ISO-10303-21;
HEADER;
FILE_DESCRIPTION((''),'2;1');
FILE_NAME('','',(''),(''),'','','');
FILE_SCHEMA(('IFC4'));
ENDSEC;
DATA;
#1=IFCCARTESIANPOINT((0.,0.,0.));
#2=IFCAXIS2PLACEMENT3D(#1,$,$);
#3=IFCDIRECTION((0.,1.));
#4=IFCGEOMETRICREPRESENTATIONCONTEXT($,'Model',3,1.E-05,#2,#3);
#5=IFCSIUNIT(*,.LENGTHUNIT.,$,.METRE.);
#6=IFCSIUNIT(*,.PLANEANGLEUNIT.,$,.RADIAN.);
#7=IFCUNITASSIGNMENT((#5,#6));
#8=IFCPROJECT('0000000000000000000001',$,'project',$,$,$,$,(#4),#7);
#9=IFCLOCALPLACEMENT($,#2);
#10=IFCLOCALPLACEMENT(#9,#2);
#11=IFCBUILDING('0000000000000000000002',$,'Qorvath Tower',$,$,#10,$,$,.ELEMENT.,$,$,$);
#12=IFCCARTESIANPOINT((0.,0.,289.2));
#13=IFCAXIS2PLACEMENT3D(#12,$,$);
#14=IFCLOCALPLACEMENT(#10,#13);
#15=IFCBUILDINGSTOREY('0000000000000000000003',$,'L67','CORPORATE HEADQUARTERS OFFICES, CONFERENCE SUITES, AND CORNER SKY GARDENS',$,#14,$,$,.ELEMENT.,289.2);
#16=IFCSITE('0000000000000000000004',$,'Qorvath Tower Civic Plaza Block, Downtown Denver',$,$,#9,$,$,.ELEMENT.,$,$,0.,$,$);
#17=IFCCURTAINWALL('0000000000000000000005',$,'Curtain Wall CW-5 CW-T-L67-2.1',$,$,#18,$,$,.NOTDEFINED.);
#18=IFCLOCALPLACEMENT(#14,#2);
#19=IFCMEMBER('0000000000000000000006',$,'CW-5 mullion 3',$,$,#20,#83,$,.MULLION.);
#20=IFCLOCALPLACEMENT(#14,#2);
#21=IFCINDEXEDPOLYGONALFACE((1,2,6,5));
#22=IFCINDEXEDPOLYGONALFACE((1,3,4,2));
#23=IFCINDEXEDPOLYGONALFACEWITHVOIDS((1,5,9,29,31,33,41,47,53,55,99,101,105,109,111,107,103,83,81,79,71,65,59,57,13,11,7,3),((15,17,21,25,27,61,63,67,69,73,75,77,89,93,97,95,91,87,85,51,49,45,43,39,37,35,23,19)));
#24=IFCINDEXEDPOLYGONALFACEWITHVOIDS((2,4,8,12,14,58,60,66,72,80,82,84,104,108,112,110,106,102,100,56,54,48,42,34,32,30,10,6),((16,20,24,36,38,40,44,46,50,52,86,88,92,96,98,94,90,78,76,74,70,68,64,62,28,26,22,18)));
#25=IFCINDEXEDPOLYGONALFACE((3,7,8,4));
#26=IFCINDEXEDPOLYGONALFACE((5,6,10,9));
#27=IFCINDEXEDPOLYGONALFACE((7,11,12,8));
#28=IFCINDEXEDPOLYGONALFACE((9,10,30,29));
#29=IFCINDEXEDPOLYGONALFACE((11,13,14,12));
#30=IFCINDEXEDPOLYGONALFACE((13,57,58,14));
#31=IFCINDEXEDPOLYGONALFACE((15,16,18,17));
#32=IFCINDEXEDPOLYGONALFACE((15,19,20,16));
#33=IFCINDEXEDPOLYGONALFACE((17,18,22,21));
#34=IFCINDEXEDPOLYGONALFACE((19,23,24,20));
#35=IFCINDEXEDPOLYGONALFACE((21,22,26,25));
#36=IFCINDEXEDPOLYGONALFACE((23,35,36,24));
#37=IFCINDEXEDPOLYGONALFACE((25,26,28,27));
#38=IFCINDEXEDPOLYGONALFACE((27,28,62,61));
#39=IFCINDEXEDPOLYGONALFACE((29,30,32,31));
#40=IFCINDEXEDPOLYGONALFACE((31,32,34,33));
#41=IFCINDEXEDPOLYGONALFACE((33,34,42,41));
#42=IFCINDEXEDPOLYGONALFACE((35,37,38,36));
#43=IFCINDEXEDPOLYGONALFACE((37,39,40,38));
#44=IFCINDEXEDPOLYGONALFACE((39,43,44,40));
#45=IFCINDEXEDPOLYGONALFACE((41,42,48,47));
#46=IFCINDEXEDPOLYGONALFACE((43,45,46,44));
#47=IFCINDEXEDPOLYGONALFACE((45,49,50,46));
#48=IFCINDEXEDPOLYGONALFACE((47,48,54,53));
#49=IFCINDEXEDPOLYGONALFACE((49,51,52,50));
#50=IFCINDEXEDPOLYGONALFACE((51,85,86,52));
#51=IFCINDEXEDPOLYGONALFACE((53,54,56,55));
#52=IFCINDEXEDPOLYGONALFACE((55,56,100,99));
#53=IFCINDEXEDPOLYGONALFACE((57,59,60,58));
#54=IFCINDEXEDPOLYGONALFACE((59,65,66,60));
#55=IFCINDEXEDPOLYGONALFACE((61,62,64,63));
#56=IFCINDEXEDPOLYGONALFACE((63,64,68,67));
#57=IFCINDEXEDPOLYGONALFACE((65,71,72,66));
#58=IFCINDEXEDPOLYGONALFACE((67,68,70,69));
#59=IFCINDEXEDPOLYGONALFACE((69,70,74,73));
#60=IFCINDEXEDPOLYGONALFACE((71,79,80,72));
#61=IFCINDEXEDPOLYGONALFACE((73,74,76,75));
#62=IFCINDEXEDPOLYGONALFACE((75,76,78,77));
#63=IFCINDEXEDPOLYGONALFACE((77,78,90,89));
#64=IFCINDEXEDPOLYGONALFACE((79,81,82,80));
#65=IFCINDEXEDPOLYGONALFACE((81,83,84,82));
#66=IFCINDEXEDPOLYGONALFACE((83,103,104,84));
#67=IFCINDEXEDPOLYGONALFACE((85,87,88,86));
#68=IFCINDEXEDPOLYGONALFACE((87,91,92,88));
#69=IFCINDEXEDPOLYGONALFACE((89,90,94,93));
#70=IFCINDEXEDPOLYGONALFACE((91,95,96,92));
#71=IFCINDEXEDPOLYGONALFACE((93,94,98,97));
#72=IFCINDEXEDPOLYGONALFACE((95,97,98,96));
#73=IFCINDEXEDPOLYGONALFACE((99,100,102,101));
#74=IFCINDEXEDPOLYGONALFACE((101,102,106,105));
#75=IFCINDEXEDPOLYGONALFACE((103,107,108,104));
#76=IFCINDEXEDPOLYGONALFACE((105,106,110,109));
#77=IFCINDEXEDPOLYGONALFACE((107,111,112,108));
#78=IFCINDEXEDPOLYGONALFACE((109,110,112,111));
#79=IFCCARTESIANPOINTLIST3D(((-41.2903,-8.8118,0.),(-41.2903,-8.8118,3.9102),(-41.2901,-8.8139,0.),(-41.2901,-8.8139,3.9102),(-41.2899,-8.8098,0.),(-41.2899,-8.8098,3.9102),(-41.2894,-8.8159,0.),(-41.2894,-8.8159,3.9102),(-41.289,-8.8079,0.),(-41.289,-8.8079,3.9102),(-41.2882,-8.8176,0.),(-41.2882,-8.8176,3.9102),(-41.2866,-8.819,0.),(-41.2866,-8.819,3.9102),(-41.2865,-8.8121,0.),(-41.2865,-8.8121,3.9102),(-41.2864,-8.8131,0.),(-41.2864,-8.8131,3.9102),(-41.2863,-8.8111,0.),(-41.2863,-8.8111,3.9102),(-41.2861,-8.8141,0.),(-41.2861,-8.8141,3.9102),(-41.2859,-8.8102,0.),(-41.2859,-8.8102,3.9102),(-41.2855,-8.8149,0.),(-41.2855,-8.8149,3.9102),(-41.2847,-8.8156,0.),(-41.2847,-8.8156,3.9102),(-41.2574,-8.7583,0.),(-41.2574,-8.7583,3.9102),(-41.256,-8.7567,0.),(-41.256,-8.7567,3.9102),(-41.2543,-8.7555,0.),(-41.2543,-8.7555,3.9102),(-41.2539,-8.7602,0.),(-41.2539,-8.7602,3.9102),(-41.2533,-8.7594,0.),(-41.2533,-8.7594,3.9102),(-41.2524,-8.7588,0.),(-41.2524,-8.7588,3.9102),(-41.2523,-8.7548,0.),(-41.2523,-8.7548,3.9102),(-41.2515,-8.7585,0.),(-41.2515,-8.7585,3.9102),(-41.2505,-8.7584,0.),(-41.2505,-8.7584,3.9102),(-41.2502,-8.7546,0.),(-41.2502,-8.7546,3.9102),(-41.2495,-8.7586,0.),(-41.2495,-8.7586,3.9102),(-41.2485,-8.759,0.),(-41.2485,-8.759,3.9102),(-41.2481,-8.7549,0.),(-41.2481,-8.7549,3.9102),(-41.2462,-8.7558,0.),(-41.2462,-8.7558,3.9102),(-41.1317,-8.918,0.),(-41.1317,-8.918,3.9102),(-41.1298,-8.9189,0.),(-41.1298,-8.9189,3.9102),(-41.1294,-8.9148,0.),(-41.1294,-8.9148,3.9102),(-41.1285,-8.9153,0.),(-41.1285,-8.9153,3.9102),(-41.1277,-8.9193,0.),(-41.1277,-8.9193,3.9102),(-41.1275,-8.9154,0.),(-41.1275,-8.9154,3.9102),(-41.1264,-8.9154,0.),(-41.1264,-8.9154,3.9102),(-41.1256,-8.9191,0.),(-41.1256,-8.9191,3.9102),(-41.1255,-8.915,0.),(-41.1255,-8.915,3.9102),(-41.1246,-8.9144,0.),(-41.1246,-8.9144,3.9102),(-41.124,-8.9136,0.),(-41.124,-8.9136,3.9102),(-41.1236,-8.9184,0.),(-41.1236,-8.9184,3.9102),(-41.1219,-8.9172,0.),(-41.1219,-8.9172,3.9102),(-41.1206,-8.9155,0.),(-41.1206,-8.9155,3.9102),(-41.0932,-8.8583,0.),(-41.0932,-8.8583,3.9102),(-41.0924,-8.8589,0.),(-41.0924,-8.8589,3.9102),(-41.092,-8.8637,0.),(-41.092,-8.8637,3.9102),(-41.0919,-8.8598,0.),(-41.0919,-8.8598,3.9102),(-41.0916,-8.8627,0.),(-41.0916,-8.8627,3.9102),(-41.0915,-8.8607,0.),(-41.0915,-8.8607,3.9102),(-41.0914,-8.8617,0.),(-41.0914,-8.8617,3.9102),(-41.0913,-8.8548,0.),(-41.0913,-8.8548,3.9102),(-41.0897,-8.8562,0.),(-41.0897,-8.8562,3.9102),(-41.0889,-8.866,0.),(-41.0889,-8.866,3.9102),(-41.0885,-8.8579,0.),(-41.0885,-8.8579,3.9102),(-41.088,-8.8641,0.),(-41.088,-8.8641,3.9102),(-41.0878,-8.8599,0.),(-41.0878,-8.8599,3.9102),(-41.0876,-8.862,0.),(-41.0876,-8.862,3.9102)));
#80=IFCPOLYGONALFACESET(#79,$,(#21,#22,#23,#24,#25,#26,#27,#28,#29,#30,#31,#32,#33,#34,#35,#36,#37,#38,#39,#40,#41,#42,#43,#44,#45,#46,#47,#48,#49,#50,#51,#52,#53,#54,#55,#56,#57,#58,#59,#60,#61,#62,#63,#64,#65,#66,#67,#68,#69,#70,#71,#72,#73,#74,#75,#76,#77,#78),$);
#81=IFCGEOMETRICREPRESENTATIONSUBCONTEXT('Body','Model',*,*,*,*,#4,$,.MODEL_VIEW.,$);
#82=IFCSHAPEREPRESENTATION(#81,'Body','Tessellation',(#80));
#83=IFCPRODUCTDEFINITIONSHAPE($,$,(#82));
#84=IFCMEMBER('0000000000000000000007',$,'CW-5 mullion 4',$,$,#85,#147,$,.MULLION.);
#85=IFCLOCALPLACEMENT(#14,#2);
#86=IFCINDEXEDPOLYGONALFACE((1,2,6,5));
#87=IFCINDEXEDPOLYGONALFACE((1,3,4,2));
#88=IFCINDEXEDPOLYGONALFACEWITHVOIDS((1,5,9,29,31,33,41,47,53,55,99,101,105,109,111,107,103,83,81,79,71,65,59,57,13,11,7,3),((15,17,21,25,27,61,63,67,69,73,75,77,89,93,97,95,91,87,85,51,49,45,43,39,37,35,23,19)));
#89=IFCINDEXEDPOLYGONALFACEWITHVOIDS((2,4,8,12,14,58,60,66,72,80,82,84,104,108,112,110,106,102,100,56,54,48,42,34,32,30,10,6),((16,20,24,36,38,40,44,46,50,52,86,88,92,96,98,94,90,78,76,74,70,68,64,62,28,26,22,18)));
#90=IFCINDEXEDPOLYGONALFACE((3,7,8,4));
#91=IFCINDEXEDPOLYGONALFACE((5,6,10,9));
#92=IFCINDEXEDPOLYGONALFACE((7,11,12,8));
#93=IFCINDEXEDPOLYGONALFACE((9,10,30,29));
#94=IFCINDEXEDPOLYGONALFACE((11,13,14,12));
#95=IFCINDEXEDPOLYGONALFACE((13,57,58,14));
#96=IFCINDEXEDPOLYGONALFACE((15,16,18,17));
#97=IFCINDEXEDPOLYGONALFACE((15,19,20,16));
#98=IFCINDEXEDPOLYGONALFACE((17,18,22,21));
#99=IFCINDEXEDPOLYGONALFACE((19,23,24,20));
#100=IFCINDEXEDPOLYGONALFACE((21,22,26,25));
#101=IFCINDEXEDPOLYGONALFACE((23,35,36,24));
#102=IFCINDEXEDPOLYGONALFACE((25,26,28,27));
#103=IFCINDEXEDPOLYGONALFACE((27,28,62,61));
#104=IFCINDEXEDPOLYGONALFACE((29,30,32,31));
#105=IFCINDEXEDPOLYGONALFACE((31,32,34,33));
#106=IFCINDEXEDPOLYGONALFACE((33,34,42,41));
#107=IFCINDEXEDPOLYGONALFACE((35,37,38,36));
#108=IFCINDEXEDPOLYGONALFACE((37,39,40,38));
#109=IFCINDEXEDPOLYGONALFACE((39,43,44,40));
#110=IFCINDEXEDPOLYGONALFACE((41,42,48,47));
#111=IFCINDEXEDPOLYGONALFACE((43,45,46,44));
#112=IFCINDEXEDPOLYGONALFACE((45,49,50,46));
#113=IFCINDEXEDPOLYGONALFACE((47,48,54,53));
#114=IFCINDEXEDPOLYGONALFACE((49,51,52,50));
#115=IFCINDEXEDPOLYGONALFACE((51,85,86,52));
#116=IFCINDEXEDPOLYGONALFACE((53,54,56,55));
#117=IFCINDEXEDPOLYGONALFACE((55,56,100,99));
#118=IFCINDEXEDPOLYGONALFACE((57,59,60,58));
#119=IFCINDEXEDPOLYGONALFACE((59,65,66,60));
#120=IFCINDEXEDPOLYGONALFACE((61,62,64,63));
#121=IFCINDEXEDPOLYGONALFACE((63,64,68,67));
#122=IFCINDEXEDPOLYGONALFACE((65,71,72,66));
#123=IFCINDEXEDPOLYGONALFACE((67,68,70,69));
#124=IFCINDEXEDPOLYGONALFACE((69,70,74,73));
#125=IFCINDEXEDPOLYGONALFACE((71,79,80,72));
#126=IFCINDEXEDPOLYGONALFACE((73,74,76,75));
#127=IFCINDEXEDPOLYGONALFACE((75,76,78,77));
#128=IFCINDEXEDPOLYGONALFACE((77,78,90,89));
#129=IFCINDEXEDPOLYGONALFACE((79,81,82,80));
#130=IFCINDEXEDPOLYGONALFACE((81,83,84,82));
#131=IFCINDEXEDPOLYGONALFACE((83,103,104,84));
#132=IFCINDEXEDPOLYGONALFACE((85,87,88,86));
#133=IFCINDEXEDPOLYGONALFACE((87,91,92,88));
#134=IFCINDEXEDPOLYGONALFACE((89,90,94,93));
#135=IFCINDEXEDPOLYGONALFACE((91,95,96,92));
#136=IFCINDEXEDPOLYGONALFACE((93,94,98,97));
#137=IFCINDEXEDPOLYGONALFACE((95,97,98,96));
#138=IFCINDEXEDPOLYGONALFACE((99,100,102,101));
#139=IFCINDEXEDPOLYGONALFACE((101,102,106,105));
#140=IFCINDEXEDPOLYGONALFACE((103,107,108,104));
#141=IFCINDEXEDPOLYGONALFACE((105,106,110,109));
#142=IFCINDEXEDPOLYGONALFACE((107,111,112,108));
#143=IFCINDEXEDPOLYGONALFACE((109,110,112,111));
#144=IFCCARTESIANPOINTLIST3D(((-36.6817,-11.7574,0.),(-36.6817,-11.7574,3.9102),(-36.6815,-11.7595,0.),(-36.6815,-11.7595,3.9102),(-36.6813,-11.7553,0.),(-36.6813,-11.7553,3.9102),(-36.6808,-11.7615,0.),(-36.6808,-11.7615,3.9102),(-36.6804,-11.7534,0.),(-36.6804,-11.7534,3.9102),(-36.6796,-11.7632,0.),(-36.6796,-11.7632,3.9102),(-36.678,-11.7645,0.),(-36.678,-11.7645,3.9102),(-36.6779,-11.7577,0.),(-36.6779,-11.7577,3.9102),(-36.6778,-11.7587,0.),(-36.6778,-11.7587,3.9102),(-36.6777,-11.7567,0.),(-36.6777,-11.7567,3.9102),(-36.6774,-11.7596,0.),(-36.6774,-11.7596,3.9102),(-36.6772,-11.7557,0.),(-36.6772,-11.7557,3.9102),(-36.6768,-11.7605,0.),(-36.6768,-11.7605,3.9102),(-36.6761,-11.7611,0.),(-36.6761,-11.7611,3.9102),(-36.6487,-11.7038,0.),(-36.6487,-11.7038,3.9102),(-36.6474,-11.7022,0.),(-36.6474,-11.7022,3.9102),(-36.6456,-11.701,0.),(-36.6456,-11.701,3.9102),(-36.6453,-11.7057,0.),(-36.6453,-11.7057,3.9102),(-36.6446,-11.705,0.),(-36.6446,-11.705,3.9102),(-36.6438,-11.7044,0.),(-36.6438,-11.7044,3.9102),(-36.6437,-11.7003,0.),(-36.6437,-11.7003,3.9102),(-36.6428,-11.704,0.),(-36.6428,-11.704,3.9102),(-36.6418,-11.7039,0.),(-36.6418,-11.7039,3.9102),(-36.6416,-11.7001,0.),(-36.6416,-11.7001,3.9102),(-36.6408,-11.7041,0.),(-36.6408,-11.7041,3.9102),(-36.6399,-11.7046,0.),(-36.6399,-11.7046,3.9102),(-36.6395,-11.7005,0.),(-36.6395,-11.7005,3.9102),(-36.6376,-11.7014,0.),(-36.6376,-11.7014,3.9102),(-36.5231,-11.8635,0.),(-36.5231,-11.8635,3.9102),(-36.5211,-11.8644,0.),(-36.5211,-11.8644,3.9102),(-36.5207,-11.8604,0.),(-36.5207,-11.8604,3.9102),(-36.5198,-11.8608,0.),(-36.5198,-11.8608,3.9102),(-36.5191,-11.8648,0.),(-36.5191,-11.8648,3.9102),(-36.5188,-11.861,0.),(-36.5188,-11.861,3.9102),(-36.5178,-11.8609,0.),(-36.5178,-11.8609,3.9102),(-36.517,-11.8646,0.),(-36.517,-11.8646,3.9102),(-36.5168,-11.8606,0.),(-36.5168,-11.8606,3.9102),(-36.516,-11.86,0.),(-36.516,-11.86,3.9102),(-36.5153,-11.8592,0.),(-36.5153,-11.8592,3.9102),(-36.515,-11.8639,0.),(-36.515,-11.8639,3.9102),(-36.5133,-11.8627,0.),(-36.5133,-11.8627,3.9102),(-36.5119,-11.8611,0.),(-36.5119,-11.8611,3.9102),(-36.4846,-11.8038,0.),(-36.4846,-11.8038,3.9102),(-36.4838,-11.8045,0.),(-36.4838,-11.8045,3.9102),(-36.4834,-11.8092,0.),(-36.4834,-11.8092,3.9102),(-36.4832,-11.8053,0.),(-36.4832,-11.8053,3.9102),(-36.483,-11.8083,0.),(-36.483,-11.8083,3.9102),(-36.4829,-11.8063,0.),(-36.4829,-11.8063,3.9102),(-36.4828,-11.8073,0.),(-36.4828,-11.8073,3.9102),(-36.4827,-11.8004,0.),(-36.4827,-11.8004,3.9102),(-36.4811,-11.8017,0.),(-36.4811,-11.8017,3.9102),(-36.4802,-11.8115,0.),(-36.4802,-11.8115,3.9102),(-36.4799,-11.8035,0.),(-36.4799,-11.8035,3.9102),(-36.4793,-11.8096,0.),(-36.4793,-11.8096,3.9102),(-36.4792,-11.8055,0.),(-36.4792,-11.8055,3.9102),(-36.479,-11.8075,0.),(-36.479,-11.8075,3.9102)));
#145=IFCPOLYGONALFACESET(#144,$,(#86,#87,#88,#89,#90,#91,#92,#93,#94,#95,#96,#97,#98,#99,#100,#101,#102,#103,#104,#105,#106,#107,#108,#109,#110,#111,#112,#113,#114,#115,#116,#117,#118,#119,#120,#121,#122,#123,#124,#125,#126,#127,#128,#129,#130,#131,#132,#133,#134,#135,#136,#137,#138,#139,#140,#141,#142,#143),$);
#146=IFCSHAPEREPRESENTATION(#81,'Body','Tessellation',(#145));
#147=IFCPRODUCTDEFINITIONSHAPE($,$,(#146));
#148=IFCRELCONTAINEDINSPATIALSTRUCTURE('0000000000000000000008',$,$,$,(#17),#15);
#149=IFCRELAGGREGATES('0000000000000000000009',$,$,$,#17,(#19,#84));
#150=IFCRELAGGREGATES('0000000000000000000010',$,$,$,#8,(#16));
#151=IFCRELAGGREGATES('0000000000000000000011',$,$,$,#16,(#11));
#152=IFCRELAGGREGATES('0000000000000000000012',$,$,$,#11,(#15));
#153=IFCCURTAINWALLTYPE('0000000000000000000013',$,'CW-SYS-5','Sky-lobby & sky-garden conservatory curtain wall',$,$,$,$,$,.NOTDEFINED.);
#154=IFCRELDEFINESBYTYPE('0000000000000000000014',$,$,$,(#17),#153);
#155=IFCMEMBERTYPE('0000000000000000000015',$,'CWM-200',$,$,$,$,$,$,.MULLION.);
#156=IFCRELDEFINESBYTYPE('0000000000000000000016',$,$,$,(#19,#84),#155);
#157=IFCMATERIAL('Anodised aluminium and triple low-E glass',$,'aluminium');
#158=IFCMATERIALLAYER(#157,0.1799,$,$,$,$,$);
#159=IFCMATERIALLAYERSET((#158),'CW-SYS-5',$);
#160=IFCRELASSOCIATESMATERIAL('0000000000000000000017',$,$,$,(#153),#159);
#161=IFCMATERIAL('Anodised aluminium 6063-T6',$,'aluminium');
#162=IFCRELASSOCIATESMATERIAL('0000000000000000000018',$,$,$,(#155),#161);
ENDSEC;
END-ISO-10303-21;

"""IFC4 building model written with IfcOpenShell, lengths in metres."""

from ifc_helpers import new_model, si_unit, direction, frame, origin, origin_2d, place, context, subcontext, project, spatial, hollow_rectangle, extrude, material, layer, layer_set, material_profile, profile_set, type_object, element, aggregate, save


model = new_model("IFC4")

# Units and contexts
model_context = context("Model", 3, precision=1e-05, world=origin(), true_north=direction((0.0, 1.0)))
body_context = subcontext(model_context, "Body", "Model", "MODEL_VIEW")
ifc_project = project(units=[si_unit("LENGTHUNIT", "METRE"), si_unit("PLANEANGLEUNIT", "RADIAN")], contexts=[model_context])

# Site, building, storey
site_placement = place(None, origin())
site = spatial("IfcSite", under=ifc_project, at=site_placement, Name="Qorvath Tower Civic Plaza Block, Downtown Denver", CompositionType="ELEMENT", RefElevation=0.0)
building_placement = place(site_placement, origin())
building = spatial("IfcBuilding", under=site, at=building_placement, Name="Qorvath Tower", CompositionType="ELEMENT")
storey_placement = place(building_placement, frame((0.0, 0.0, 289.2)))
storey = spatial("IfcBuildingStorey", under=building, at=storey_placement, Name="L67", Description="CORPORATE HEADQUARTERS OFFICES, CONFERENCE SUITES, AND CORNER SKY GARDENS", CompositionType="ELEMENT", Elevation=289.2)

# Curtain wall, members
ifc_material_1 = material(Name="Anodised aluminium and triple low-E glass", Category="aluminium")
ifc_layer_1 = layer(ifc_material_1, 0.1799)
ifc_layer_set_1 = layer_set([ifc_layer_1], Name="CW-SYS-5")
curtain_wall_type = type_object("IfcCurtainWallType", Name="CW-SYS-5", Description="Sky-lobby & sky-garden conservatory curtain wall", PredefinedType="NOTDEFINED", material=ifc_layer_set_1)
curtain_wall_placement = place(storey_placement, origin())
curtain_wall = element("IfcCurtainWall", 1, at=curtain_wall_placement, inside=storey, type_object=curtain_wall_type, Name="Curtain Wall CW-5 CW-T-L67-2.1", PredefinedType="NOTDEFINED")
ifc_material_2 = material(Name="Anodised aluminium 6063-T6", Category="aluminium")
ifc_material_profile_1 = material_profile(ifc_material_2, hollow_rectangle(XDim=0.075, YDim=0.2, WallThickness=0.0039, InnerFilletRadius=0.0039, OuterFilletRadius=0.0081, at=origin_2d()), Name="CWM 200x75")
ifc_profile_set_1 = profile_set([ifc_material_profile_1], Name="Anodised aluminium 6063-T6")
member_type_1 = type_object("IfcMemberType", Name="CWM-200", PredefinedType="MULLION", material=ifc_profile_set_1)
member_1_placement = place(storey_placement, frame((-41.189, -8.8369, 0.0), z_axis=(0.0, 0.0, 1.0), x_axis=(0.538537, 0.842602, 0.0)))
member_1 = element("IfcMember", 2, at=member_1_placement, type_object=member_type_1, Name="CW-5 mullion 3", PredefinedType="MULLION", context=body_context, shape_type="SweptSolid", body=[
    extrude(hollow_rectangle(XDim=0.075, YDim=0.2, WallThickness=0.0039, InnerFilletRadius=0.0039, OuterFilletRadius=0.0081, at=origin_2d()), origin(), (0.0, 0.0, 1.0), 3.9102),
])
member_2_placement = place(storey_placement, frame((-36.5803, -11.7825, 0.0), z_axis=(0.0, 0.0, 1.0), x_axis=(0.538537, 0.842602, 0.0)))
member_2 = element("IfcMember", 3, at=member_2_placement, type_object=member_type_1, Name="CW-5 mullion 4", PredefinedType="MULLION", context=body_context, shape_type="SweptSolid", body=[
    extrude(hollow_rectangle(XDim=0.075, YDim=0.2, WallThickness=0.0039, InnerFilletRadius=0.0039, OuterFilletRadius=0.0081, at=origin_2d()), origin(), (0.0, 0.0, 1.0), 3.9102),
])

aggregate(curtain_wall, [member_1, member_2])

save(model, "model.ifc")
